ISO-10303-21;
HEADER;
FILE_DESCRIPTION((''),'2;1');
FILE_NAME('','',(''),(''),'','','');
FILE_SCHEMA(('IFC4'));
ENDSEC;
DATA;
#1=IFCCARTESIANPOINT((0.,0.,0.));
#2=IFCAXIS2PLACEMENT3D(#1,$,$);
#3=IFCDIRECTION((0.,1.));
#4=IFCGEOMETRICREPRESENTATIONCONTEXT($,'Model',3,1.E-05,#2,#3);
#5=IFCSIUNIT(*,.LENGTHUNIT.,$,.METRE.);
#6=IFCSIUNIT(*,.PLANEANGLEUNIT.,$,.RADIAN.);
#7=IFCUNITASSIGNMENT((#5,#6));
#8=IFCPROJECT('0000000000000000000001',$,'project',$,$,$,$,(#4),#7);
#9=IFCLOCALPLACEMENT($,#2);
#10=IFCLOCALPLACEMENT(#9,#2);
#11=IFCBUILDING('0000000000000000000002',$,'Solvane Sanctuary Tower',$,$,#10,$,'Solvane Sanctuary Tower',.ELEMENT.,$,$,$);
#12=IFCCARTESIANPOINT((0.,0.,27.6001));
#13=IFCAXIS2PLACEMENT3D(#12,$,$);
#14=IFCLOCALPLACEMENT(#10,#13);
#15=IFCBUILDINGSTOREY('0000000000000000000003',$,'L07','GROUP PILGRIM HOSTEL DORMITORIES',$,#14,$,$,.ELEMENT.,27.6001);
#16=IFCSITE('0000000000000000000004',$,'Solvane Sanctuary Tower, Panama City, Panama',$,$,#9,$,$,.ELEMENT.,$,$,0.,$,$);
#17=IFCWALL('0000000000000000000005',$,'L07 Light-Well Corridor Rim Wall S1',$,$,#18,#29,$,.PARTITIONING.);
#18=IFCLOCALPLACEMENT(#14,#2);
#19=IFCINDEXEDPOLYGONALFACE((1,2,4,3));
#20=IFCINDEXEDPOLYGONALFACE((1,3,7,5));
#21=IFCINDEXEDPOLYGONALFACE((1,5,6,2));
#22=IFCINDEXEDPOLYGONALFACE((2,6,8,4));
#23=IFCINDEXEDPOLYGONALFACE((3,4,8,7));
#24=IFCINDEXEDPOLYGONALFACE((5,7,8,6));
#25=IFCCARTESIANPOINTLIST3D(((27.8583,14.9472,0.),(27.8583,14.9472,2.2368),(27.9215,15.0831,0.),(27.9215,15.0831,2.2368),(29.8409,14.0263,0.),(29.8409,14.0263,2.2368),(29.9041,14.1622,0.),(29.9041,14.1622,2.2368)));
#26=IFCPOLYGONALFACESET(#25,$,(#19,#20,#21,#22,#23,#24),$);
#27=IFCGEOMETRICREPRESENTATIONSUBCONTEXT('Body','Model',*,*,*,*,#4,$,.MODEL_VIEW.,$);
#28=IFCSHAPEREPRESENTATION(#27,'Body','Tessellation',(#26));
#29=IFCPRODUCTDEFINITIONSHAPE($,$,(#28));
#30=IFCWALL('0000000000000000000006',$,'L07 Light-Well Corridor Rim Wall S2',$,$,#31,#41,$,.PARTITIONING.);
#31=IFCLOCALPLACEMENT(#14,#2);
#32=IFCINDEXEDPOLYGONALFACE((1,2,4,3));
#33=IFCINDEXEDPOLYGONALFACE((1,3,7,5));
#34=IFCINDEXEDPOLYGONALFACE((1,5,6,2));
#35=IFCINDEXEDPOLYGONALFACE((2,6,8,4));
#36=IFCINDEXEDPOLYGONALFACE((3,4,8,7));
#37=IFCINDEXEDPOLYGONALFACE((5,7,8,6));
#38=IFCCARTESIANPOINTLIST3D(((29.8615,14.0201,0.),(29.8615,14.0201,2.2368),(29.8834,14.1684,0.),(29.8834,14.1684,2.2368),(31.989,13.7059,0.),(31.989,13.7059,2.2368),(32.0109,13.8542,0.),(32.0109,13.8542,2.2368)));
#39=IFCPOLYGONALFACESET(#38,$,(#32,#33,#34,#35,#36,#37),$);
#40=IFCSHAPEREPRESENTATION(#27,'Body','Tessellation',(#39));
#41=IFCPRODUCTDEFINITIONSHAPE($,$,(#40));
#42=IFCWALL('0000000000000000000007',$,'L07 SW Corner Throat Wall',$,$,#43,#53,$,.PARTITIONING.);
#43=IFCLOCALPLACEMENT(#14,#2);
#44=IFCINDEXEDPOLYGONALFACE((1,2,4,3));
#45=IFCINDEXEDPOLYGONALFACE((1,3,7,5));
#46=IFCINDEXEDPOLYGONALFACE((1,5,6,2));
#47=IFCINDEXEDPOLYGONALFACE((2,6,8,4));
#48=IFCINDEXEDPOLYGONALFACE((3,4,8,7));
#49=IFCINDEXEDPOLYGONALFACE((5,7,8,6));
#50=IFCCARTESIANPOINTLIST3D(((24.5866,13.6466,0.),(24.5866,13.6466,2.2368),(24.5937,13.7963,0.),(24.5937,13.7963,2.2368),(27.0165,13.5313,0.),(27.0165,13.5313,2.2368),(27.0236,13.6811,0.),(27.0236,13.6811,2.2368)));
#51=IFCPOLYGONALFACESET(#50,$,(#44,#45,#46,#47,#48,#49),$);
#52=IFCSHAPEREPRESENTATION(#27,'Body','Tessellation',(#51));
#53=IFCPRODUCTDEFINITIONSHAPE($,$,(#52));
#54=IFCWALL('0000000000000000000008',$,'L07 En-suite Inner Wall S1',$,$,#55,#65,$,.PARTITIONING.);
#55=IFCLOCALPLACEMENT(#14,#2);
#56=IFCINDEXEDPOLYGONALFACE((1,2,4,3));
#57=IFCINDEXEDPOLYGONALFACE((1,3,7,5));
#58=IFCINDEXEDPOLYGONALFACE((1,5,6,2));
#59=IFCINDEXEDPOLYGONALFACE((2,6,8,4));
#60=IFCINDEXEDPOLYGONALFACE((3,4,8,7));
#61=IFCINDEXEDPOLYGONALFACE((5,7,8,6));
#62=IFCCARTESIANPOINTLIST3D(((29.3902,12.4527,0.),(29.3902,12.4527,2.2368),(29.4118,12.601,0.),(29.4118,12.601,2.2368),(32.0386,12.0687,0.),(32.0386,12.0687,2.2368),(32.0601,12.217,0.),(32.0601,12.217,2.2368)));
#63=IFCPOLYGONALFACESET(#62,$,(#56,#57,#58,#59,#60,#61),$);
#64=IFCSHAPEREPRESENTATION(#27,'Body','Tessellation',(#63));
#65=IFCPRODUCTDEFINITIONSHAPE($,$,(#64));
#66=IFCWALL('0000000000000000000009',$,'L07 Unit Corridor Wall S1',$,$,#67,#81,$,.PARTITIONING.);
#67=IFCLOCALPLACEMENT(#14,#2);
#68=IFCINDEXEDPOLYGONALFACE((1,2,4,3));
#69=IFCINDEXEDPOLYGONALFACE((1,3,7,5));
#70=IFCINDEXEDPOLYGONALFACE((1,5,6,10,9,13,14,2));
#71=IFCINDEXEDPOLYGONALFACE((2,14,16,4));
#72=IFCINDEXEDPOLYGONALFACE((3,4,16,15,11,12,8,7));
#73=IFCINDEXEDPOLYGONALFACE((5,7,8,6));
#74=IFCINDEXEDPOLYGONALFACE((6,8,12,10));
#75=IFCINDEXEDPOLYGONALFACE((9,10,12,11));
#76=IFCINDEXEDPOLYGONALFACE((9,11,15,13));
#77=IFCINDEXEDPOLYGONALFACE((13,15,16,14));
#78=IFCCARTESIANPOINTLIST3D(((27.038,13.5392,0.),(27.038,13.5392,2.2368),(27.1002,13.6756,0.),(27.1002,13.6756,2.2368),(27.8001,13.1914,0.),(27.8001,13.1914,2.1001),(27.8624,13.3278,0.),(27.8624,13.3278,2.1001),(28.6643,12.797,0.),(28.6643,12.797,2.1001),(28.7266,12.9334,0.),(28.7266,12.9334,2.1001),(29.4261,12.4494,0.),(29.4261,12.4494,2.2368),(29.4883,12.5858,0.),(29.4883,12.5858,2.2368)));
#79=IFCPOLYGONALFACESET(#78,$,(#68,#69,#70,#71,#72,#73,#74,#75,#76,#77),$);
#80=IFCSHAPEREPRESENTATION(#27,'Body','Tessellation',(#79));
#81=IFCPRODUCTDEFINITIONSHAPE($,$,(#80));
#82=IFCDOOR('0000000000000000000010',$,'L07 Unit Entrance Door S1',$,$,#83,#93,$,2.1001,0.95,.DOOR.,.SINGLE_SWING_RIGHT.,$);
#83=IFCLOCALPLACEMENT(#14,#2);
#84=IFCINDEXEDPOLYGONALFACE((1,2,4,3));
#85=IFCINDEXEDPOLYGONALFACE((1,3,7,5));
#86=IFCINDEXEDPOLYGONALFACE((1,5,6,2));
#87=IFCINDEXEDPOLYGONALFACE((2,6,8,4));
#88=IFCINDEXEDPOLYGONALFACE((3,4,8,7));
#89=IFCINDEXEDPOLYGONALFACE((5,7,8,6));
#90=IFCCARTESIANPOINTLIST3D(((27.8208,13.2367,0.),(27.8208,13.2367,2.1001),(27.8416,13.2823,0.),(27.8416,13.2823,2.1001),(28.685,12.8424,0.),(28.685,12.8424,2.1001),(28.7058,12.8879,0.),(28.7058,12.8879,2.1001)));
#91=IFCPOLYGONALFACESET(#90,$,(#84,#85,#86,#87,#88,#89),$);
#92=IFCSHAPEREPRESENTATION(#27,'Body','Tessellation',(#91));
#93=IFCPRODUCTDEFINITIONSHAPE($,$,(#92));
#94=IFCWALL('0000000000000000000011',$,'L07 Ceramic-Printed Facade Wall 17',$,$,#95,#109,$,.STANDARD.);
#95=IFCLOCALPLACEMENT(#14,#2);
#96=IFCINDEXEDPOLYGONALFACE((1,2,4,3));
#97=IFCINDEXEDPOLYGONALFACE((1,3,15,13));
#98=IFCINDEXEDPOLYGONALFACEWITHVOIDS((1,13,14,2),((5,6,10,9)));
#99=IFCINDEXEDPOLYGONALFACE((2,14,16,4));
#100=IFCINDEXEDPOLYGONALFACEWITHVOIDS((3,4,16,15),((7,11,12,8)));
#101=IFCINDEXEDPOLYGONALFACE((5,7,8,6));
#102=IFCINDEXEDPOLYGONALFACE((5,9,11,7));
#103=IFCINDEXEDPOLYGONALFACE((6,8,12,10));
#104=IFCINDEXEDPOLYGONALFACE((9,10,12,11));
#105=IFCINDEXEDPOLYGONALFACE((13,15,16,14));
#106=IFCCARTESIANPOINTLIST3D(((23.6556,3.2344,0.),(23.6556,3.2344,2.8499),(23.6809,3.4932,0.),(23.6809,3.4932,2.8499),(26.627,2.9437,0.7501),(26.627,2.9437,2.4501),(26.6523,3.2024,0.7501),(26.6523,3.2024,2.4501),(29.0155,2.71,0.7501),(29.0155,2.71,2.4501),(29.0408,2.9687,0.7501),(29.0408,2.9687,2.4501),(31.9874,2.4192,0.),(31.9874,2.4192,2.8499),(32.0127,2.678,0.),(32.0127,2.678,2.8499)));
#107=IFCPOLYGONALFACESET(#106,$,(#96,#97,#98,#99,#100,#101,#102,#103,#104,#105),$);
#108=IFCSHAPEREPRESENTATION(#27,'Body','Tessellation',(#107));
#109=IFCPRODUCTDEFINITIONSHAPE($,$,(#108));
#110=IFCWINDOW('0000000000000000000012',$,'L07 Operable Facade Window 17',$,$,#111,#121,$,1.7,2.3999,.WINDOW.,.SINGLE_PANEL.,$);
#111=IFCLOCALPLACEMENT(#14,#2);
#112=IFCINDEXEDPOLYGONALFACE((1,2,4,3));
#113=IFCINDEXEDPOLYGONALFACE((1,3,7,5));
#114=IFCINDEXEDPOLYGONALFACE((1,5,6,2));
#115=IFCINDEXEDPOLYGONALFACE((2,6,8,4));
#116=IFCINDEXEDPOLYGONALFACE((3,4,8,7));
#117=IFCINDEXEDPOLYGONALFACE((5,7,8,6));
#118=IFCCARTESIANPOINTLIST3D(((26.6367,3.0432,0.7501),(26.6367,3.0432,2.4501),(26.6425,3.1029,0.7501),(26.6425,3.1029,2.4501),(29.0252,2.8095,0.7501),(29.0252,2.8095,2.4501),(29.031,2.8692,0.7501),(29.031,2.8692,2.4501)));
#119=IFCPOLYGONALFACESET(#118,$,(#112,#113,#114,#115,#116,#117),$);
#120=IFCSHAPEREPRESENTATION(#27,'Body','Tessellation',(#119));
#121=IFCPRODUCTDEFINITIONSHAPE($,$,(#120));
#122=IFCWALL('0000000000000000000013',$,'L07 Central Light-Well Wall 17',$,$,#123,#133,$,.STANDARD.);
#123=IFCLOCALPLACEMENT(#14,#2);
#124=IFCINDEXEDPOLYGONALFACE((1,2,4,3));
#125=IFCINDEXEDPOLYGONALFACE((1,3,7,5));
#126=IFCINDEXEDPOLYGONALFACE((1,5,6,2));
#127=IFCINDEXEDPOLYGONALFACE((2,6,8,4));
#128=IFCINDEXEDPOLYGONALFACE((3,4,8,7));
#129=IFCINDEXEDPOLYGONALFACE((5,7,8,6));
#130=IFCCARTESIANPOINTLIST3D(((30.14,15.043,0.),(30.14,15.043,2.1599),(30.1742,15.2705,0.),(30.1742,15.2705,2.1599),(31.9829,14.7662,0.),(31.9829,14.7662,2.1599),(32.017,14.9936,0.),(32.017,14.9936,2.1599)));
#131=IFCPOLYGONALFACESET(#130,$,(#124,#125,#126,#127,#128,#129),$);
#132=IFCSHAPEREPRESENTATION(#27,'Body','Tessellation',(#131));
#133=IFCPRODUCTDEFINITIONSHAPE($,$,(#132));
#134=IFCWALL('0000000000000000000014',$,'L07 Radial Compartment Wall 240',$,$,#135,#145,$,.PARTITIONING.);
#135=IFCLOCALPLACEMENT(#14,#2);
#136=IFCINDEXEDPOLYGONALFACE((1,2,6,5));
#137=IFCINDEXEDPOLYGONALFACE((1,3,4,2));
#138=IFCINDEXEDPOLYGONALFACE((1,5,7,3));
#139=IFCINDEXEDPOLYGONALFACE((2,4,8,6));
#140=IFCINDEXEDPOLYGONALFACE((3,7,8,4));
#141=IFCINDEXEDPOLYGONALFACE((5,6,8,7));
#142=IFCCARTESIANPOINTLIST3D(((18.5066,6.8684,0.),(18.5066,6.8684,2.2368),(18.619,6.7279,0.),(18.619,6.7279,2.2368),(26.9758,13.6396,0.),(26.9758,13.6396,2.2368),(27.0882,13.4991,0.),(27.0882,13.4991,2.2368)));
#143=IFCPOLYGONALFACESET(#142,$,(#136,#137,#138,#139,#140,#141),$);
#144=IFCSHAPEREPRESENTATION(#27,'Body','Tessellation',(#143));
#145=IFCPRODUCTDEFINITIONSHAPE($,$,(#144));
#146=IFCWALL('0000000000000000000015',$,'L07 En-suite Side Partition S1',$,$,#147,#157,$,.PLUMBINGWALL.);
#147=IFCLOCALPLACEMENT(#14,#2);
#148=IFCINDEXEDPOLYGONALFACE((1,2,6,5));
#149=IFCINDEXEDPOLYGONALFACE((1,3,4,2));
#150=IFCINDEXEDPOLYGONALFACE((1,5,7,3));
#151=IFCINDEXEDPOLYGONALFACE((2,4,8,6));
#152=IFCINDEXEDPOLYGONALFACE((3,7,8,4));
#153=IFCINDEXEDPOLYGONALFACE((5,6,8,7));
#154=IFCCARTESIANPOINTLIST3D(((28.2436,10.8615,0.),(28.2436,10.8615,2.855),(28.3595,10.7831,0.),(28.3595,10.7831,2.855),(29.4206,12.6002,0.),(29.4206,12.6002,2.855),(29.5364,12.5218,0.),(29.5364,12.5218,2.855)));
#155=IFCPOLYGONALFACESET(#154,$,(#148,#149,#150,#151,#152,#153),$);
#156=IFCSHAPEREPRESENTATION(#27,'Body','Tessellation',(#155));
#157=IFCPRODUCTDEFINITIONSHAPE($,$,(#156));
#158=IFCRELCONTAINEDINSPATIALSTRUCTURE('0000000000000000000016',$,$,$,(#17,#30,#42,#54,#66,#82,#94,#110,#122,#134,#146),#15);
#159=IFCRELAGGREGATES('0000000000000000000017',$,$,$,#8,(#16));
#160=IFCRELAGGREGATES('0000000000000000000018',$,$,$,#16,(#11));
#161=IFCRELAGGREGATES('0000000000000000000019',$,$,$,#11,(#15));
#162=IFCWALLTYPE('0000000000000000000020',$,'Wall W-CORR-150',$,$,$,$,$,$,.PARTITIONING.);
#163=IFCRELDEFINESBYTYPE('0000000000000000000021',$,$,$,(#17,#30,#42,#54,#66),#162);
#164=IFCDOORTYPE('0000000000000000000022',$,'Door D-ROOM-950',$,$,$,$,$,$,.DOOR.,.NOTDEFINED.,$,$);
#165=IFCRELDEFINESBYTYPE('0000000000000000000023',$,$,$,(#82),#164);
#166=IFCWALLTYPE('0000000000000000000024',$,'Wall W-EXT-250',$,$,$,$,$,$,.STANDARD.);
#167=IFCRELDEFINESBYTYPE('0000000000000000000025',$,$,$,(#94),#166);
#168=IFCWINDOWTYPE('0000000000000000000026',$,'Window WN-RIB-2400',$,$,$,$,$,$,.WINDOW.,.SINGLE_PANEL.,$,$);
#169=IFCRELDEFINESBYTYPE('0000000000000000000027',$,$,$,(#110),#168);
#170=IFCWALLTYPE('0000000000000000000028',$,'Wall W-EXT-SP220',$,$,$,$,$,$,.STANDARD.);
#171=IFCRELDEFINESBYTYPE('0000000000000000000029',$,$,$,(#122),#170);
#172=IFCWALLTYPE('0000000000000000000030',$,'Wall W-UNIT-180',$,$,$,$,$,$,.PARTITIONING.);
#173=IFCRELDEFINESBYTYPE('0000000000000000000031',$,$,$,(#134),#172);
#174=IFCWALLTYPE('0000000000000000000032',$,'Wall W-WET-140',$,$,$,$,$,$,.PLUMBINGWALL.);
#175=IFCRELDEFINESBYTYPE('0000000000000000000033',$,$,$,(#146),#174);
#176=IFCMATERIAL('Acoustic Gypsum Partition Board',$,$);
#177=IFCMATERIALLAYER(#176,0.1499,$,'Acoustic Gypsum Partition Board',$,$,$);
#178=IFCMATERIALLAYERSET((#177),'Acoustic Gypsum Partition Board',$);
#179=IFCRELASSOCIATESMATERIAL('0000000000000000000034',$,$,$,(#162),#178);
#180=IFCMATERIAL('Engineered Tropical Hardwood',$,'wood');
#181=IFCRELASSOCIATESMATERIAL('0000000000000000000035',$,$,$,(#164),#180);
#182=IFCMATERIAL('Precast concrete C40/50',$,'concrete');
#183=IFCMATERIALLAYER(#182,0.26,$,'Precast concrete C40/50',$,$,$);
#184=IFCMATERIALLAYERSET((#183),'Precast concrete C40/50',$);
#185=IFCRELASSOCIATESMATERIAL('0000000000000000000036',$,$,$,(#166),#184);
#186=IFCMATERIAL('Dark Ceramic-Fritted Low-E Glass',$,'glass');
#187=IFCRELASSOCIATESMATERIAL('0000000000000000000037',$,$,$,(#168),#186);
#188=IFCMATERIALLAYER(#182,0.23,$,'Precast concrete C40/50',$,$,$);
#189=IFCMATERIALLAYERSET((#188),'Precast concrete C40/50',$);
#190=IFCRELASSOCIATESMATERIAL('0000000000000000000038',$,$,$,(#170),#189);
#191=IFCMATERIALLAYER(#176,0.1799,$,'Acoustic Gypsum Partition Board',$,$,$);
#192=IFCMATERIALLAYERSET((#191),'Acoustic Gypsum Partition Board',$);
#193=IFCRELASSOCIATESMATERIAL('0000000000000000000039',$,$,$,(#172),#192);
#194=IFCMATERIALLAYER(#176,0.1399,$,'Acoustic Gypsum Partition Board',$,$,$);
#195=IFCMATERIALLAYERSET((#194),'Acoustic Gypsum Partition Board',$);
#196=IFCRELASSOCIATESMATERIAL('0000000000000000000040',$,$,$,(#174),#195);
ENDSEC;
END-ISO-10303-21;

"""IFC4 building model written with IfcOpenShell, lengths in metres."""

from ifc_helpers import new_model, si_unit, direction, frame, frame_2d, origin, place, context, subcontext, project, spatial, rectangle, extrude, material, layer, layer_set, type_object, element, fill, save


model = new_model("IFC4")

# Units and contexts
model_context = context("Model", 3, precision=1e-05, world=origin(), true_north=direction((0.0, 1.0)))
body_context = subcontext(model_context, "Body", "Model", "MODEL_VIEW")
ifc_project = project(units=[si_unit("LENGTHUNIT", "METRE"), si_unit("PLANEANGLEUNIT", "RADIAN")], contexts=[model_context])

# Site, building, storey
site_placement = place(None, origin())
site = spatial("IfcSite", under=ifc_project, at=site_placement, Name="Solvane Sanctuary Tower, Panama City, Panama", CompositionType="ELEMENT", RefElevation=0.0)
building_placement = place(site_placement, origin())
building = spatial("IfcBuilding", under=site, at=building_placement, Name="Solvane Sanctuary Tower", LongName="Solvane Sanctuary Tower", CompositionType="ELEMENT")
storey_placement = place(building_placement, frame((0.0, 0.0, 27.6001)))
storey = spatial("IfcBuildingStorey", under=building, at=storey_placement, Name="L07", Description="GROUP PILGRIM HOSTEL DORMITORIES", CompositionType="ELEMENT", Elevation=27.6001)

# Walls
ifc_material_1 = material(Name="Acoustic Gypsum Partition Board")
ifc_layer_1 = layer(ifc_material_1, 0.1499, Name="Acoustic Gypsum Partition Board")
ifc_layer_set_1 = layer_set([ifc_layer_1], Name="Acoustic Gypsum Partition Board")
wall_type_1 = type_object("IfcWallType", Name="Wall W-CORR-150", PredefinedType="PARTITIONING", material=ifc_layer_set_1)
wall_1_placement = place(storey_placement, frame((27.8899, 15.0151, 0.0), z_axis=(0.0, 0.0, 1.0), x_axis=(0.906943, -0.421252, 0.0)))
element("IfcWall", 1, at=wall_1_placement, inside=storey, type_object=wall_type_1, Name="L07 Light-Well Corridor Rim Wall S1", PredefinedType="PARTITIONING", context=body_context, shape_type="SweptSolid", body=[
    extrude(rectangle(XDim=2.186, YDim=0.1499, at=frame_2d((1.093, 0.0))), origin(), (0.0, 0.0, 1.0), 2.2368),
])
wall_2_placement = place(storey_placement, frame((29.8726, 14.0942, 0.0), z_axis=(0.0, 0.0, 1.0), x_axis=(0.989269, -0.146108, 0.0)))
element("IfcWall", 2, at=wall_2_placement, inside=storey, type_object=wall_type_1, Name="L07 Light-Well Corridor Rim Wall S2", PredefinedType="PARTITIONING", context=body_context, shape_type="SweptSolid", body=[
    extrude(rectangle(XDim=2.1506, YDim=0.1499, at=frame_2d((1.0752, 0.0))), origin(), (0.0, 0.0, 1.0), 2.2368),
])
wall_3_placement = place(storey_placement, frame((27.02, 13.6062, 0.0), z_axis=(0.0, 0.0, 1.0), x_axis=(-0.998877, 0.04737, 0.0)))
element("IfcWall", 3, at=wall_3_placement, inside=storey, type_object=wall_type_1, Name="L07 SW Corner Throat Wall", PredefinedType="PARTITIONING", context=body_context, shape_type="SweptSolid", body=[
    extrude(rectangle(XDim=2.4326, YDim=0.1499, at=frame_2d((1.2163, 0.0))), origin(), (0.0, 0.0, 1.0), 2.2368),
])
wall_4_placement = place(storey_placement, frame((29.4011, 12.5269, 0.0), z_axis=(0.0, 0.0, 1.0), x_axis=(0.98965, -0.143503, 0.0)))
element("IfcWall", 4, at=wall_4_placement, inside=storey, type_object=wall_type_1, Name="L07 En-suite Inner Wall S1", PredefinedType="PARTITIONING", context=body_context, shape_type="SweptSolid", body=[
    extrude(rectangle(XDim=2.676, YDim=0.1499, at=frame_2d((1.3379, 0.0))), origin(), (0.0, 0.0, 1.0), 2.2368),
])

# Wall, opening, door
wall_5_placement = place(storey_placement, frame((27.0691, 13.6074, 0.0), z_axis=(0.0, 0.0, 1.0), x_axis=(0.909748, -0.415162, 0.0)))
wall_5 = element("IfcWall", 5, at=wall_5_placement, inside=storey, type_object=wall_type_1, Name="L07 Unit Corridor Wall S1", PredefinedType="PARTITIONING", context=body_context, shape_type="SweptSolid", body=[
    extrude(rectangle(XDim=2.625, YDim=0.1499, at=frame_2d((1.3125, 0.0))), origin(), (0.0, 0.0, 1.0), 2.2368),
])
opening_1_placement = place(wall_5_placement, frame((0.8376, 0.0, 0.0)))
opening_1 = element("IfcOpeningElement", 6, at=opening_1_placement, cuts=wall_5, PredefinedType="OPENING", context=body_context, shape_type="SweptSolid", body=[
    extrude(rectangle(XDim=0.95, YDim=2.1001, at=frame_2d((0.4751, 1.05))), frame((0.0, 0.085, 0.0), z_axis=(0.0, -1.0, 0.0), x_axis=(1.0, 0.0, 0.0)), (0.0, 0.0, 1.0), 0.1699),
])
ifc_material_2 = material(Name="Engineered Tropical Hardwood", Category="wood")
door_type_1 = type_object("IfcDoorType", Name="Door D-ROOM-950", OperationType="NOTDEFINED", PredefinedType="DOOR", material=ifc_material_2)
door_1_placement = place(opening_1_placement, origin())
door_1 = element("IfcDoor", 7, at=door_1_placement, inside=storey, type_object=door_type_1, Name="L07 Unit Entrance Door S1", OperationType="SINGLE_SWING_RIGHT", OverallHeight=2.1001, OverallWidth=0.95, PredefinedType="DOOR", context=body_context, shape_type="SweptSolid", body=[
    extrude(rectangle(XDim=0.95, YDim=2.1001, at=frame_2d((0.4751, 1.05))), frame((0.0, 0.0249, 0.0), z_axis=(0.0, -1.0, 0.0), x_axis=(1.0, 0.0, 0.0)), (0.0, 0.0, 1.0), 0.05),
])
fill(opening_1, door_1)

# Wall, opening, window
ifc_material_3 = material(Name="Precast concrete C40/50", Category="concrete")
ifc_layer_2 = layer(ifc_material_3, 0.26, Name="Precast concrete C40/50")
ifc_layer_set_2 = layer_set([ifc_layer_2], Name="Precast concrete C40/50")
wall_type_2 = type_object("IfcWallType", Name="Wall W-EXT-250", PredefinedType="STANDARD", material=ifc_layer_set_2)
wall_6_placement = place(storey_placement, frame((23.6682, 3.3638, 0.0), z_axis=(0.0, 0.0, 1.0), x_axis=(0.995248, -0.097375, 0.0)))
wall_6 = element("IfcWall", 8, at=wall_6_placement, inside=storey, type_object=wall_type_2, Name="L07 Ceramic-Printed Facade Wall 17", PredefinedType="STANDARD", context=body_context, shape_type="SweptSolid", body=[
    extrude(rectangle(XDim=8.3716, YDim=0.26, at=frame_2d((4.1858, 0.0))), origin(), (0.0, 0.0, 1.0), 2.8499),
])
opening_2_placement = place(wall_6_placement, frame((2.9856, 0.0, 0.75)))
opening_2 = element("IfcOpeningElement", 9, at=opening_2_placement, cuts=wall_6, PredefinedType="OPENING", context=body_context, shape_type="SweptSolid", body=[
    extrude(rectangle(XDim=2.3999, YDim=1.7, at=frame_2d((1.2, 0.8501))), frame((0.0, 0.1399, 0.0), z_axis=(0.0, -1.0, 0.0), x_axis=(1.0, 0.0, 0.0)), (0.0, 0.0, 1.0), 0.28),
])
ifc_material_4 = material(Name="Dark Ceramic-Fritted Low-E Glass", Category="glass")
window_type = type_object("IfcWindowType", Name="Window WN-RIB-2400", PartitioningType="SINGLE_PANEL", PredefinedType="WINDOW", material=ifc_material_4)
window_placement = place(opening_2_placement, origin())
window = element("IfcWindow", 10, at=window_placement, inside=storey, type_object=window_type, Name="L07 Operable Facade Window 17", OverallHeight=1.7, OverallWidth=2.3999, PartitioningType="SINGLE_PANEL", PredefinedType="WINDOW", context=body_context, shape_type="SweptSolid", body=[
    extrude(rectangle(XDim=2.3999, YDim=1.7, at=frame_2d((1.2, 0.8501))), frame((0.0, 0.03, 0.0), z_axis=(0.0, -1.0, 0.0), x_axis=(1.0, 0.0, 0.0)), (0.0, 0.0, 1.0), 0.0601),
])
fill(opening_2, window)

# Walls
ifc_layer_3 = layer(ifc_material_3, 0.23, Name="Precast concrete C40/50")
ifc_layer_set_3 = layer_set([ifc_layer_3], Name="Precast concrete C40/50")
wall_type_3 = type_object("IfcWallType", Name="Wall W-EXT-SP220", PredefinedType="STANDARD", material=ifc_layer_set_3)
wall_7_placement = place(storey_placement, frame((30.1572, 15.1567, 0.0), z_axis=(0.0, 0.0, 1.0), x_axis=(0.988902, -0.148571, 0.0)))
element("IfcWall", 11, at=wall_7_placement, inside=storey, type_object=wall_type_3, Name="L07 Central Light-Well Wall 17", PredefinedType="STANDARD", context=body_context, shape_type="SweptSolid", body=[
    extrude(rectangle(XDim=1.8635, YDim=0.23, at=frame_2d((0.9316, 0.0))), origin(), (0.0, 0.0, 1.0), 2.1599),
])
ifc_layer_4 = layer(ifc_material_1, 0.1799, Name="Acoustic Gypsum Partition Board")
ifc_layer_set_4 = layer_set([ifc_layer_4], Name="Acoustic Gypsum Partition Board")
wall_type_4 = type_object("IfcWallType", Name="Wall W-UNIT-180", PredefinedType="PARTITIONING", material=ifc_layer_set_4)
wall_8_placement = place(storey_placement, frame((27.032, 13.5693, 0.0), z_axis=(0.0, 0.0, 1.0), x_axis=(-0.781055, -0.624462, 0.0)))
element("IfcWall", 12, at=wall_8_placement, inside=storey, type_object=wall_type_4, Name="L07 Radial Compartment Wall 240", PredefinedType="PARTITIONING", context=body_context, shape_type="SweptSolid", body=[
    extrude(rectangle(XDim=10.8433, YDim=0.1799, at=frame_2d((5.4216, 0.0))), origin(), (0.0, 0.0, 1.0), 2.2368),
])
ifc_layer_5 = layer(ifc_material_1, 0.1399, Name="Acoustic Gypsum Partition Board")
ifc_layer_set_5 = layer_set([ifc_layer_5], Name="Acoustic Gypsum Partition Board")
wall_type_5 = type_object("IfcWallType", Name="Wall W-WET-140", PredefinedType="PLUMBINGWALL", material=ifc_layer_set_5)
wall_9_placement = place(storey_placement, frame((29.4785, 12.561, 0.0), z_axis=(0.0, 0.0, 1.0), x_axis=(-0.560563, -0.828112, 0.0)))
element("IfcWall", 13, at=wall_9_placement, inside=storey, type_object=wall_type_5, Name="L07 En-suite Side Partition S1", PredefinedType="PLUMBINGWALL", context=body_context, shape_type="SweptSolid", body=[
    extrude(rectangle(XDim=2.0996, YDim=0.1399, at=frame_2d((1.0498, 0.0))), origin(), (0.0, 0.0, 1.0), 2.855),
])

save(model, "model.ifc")
